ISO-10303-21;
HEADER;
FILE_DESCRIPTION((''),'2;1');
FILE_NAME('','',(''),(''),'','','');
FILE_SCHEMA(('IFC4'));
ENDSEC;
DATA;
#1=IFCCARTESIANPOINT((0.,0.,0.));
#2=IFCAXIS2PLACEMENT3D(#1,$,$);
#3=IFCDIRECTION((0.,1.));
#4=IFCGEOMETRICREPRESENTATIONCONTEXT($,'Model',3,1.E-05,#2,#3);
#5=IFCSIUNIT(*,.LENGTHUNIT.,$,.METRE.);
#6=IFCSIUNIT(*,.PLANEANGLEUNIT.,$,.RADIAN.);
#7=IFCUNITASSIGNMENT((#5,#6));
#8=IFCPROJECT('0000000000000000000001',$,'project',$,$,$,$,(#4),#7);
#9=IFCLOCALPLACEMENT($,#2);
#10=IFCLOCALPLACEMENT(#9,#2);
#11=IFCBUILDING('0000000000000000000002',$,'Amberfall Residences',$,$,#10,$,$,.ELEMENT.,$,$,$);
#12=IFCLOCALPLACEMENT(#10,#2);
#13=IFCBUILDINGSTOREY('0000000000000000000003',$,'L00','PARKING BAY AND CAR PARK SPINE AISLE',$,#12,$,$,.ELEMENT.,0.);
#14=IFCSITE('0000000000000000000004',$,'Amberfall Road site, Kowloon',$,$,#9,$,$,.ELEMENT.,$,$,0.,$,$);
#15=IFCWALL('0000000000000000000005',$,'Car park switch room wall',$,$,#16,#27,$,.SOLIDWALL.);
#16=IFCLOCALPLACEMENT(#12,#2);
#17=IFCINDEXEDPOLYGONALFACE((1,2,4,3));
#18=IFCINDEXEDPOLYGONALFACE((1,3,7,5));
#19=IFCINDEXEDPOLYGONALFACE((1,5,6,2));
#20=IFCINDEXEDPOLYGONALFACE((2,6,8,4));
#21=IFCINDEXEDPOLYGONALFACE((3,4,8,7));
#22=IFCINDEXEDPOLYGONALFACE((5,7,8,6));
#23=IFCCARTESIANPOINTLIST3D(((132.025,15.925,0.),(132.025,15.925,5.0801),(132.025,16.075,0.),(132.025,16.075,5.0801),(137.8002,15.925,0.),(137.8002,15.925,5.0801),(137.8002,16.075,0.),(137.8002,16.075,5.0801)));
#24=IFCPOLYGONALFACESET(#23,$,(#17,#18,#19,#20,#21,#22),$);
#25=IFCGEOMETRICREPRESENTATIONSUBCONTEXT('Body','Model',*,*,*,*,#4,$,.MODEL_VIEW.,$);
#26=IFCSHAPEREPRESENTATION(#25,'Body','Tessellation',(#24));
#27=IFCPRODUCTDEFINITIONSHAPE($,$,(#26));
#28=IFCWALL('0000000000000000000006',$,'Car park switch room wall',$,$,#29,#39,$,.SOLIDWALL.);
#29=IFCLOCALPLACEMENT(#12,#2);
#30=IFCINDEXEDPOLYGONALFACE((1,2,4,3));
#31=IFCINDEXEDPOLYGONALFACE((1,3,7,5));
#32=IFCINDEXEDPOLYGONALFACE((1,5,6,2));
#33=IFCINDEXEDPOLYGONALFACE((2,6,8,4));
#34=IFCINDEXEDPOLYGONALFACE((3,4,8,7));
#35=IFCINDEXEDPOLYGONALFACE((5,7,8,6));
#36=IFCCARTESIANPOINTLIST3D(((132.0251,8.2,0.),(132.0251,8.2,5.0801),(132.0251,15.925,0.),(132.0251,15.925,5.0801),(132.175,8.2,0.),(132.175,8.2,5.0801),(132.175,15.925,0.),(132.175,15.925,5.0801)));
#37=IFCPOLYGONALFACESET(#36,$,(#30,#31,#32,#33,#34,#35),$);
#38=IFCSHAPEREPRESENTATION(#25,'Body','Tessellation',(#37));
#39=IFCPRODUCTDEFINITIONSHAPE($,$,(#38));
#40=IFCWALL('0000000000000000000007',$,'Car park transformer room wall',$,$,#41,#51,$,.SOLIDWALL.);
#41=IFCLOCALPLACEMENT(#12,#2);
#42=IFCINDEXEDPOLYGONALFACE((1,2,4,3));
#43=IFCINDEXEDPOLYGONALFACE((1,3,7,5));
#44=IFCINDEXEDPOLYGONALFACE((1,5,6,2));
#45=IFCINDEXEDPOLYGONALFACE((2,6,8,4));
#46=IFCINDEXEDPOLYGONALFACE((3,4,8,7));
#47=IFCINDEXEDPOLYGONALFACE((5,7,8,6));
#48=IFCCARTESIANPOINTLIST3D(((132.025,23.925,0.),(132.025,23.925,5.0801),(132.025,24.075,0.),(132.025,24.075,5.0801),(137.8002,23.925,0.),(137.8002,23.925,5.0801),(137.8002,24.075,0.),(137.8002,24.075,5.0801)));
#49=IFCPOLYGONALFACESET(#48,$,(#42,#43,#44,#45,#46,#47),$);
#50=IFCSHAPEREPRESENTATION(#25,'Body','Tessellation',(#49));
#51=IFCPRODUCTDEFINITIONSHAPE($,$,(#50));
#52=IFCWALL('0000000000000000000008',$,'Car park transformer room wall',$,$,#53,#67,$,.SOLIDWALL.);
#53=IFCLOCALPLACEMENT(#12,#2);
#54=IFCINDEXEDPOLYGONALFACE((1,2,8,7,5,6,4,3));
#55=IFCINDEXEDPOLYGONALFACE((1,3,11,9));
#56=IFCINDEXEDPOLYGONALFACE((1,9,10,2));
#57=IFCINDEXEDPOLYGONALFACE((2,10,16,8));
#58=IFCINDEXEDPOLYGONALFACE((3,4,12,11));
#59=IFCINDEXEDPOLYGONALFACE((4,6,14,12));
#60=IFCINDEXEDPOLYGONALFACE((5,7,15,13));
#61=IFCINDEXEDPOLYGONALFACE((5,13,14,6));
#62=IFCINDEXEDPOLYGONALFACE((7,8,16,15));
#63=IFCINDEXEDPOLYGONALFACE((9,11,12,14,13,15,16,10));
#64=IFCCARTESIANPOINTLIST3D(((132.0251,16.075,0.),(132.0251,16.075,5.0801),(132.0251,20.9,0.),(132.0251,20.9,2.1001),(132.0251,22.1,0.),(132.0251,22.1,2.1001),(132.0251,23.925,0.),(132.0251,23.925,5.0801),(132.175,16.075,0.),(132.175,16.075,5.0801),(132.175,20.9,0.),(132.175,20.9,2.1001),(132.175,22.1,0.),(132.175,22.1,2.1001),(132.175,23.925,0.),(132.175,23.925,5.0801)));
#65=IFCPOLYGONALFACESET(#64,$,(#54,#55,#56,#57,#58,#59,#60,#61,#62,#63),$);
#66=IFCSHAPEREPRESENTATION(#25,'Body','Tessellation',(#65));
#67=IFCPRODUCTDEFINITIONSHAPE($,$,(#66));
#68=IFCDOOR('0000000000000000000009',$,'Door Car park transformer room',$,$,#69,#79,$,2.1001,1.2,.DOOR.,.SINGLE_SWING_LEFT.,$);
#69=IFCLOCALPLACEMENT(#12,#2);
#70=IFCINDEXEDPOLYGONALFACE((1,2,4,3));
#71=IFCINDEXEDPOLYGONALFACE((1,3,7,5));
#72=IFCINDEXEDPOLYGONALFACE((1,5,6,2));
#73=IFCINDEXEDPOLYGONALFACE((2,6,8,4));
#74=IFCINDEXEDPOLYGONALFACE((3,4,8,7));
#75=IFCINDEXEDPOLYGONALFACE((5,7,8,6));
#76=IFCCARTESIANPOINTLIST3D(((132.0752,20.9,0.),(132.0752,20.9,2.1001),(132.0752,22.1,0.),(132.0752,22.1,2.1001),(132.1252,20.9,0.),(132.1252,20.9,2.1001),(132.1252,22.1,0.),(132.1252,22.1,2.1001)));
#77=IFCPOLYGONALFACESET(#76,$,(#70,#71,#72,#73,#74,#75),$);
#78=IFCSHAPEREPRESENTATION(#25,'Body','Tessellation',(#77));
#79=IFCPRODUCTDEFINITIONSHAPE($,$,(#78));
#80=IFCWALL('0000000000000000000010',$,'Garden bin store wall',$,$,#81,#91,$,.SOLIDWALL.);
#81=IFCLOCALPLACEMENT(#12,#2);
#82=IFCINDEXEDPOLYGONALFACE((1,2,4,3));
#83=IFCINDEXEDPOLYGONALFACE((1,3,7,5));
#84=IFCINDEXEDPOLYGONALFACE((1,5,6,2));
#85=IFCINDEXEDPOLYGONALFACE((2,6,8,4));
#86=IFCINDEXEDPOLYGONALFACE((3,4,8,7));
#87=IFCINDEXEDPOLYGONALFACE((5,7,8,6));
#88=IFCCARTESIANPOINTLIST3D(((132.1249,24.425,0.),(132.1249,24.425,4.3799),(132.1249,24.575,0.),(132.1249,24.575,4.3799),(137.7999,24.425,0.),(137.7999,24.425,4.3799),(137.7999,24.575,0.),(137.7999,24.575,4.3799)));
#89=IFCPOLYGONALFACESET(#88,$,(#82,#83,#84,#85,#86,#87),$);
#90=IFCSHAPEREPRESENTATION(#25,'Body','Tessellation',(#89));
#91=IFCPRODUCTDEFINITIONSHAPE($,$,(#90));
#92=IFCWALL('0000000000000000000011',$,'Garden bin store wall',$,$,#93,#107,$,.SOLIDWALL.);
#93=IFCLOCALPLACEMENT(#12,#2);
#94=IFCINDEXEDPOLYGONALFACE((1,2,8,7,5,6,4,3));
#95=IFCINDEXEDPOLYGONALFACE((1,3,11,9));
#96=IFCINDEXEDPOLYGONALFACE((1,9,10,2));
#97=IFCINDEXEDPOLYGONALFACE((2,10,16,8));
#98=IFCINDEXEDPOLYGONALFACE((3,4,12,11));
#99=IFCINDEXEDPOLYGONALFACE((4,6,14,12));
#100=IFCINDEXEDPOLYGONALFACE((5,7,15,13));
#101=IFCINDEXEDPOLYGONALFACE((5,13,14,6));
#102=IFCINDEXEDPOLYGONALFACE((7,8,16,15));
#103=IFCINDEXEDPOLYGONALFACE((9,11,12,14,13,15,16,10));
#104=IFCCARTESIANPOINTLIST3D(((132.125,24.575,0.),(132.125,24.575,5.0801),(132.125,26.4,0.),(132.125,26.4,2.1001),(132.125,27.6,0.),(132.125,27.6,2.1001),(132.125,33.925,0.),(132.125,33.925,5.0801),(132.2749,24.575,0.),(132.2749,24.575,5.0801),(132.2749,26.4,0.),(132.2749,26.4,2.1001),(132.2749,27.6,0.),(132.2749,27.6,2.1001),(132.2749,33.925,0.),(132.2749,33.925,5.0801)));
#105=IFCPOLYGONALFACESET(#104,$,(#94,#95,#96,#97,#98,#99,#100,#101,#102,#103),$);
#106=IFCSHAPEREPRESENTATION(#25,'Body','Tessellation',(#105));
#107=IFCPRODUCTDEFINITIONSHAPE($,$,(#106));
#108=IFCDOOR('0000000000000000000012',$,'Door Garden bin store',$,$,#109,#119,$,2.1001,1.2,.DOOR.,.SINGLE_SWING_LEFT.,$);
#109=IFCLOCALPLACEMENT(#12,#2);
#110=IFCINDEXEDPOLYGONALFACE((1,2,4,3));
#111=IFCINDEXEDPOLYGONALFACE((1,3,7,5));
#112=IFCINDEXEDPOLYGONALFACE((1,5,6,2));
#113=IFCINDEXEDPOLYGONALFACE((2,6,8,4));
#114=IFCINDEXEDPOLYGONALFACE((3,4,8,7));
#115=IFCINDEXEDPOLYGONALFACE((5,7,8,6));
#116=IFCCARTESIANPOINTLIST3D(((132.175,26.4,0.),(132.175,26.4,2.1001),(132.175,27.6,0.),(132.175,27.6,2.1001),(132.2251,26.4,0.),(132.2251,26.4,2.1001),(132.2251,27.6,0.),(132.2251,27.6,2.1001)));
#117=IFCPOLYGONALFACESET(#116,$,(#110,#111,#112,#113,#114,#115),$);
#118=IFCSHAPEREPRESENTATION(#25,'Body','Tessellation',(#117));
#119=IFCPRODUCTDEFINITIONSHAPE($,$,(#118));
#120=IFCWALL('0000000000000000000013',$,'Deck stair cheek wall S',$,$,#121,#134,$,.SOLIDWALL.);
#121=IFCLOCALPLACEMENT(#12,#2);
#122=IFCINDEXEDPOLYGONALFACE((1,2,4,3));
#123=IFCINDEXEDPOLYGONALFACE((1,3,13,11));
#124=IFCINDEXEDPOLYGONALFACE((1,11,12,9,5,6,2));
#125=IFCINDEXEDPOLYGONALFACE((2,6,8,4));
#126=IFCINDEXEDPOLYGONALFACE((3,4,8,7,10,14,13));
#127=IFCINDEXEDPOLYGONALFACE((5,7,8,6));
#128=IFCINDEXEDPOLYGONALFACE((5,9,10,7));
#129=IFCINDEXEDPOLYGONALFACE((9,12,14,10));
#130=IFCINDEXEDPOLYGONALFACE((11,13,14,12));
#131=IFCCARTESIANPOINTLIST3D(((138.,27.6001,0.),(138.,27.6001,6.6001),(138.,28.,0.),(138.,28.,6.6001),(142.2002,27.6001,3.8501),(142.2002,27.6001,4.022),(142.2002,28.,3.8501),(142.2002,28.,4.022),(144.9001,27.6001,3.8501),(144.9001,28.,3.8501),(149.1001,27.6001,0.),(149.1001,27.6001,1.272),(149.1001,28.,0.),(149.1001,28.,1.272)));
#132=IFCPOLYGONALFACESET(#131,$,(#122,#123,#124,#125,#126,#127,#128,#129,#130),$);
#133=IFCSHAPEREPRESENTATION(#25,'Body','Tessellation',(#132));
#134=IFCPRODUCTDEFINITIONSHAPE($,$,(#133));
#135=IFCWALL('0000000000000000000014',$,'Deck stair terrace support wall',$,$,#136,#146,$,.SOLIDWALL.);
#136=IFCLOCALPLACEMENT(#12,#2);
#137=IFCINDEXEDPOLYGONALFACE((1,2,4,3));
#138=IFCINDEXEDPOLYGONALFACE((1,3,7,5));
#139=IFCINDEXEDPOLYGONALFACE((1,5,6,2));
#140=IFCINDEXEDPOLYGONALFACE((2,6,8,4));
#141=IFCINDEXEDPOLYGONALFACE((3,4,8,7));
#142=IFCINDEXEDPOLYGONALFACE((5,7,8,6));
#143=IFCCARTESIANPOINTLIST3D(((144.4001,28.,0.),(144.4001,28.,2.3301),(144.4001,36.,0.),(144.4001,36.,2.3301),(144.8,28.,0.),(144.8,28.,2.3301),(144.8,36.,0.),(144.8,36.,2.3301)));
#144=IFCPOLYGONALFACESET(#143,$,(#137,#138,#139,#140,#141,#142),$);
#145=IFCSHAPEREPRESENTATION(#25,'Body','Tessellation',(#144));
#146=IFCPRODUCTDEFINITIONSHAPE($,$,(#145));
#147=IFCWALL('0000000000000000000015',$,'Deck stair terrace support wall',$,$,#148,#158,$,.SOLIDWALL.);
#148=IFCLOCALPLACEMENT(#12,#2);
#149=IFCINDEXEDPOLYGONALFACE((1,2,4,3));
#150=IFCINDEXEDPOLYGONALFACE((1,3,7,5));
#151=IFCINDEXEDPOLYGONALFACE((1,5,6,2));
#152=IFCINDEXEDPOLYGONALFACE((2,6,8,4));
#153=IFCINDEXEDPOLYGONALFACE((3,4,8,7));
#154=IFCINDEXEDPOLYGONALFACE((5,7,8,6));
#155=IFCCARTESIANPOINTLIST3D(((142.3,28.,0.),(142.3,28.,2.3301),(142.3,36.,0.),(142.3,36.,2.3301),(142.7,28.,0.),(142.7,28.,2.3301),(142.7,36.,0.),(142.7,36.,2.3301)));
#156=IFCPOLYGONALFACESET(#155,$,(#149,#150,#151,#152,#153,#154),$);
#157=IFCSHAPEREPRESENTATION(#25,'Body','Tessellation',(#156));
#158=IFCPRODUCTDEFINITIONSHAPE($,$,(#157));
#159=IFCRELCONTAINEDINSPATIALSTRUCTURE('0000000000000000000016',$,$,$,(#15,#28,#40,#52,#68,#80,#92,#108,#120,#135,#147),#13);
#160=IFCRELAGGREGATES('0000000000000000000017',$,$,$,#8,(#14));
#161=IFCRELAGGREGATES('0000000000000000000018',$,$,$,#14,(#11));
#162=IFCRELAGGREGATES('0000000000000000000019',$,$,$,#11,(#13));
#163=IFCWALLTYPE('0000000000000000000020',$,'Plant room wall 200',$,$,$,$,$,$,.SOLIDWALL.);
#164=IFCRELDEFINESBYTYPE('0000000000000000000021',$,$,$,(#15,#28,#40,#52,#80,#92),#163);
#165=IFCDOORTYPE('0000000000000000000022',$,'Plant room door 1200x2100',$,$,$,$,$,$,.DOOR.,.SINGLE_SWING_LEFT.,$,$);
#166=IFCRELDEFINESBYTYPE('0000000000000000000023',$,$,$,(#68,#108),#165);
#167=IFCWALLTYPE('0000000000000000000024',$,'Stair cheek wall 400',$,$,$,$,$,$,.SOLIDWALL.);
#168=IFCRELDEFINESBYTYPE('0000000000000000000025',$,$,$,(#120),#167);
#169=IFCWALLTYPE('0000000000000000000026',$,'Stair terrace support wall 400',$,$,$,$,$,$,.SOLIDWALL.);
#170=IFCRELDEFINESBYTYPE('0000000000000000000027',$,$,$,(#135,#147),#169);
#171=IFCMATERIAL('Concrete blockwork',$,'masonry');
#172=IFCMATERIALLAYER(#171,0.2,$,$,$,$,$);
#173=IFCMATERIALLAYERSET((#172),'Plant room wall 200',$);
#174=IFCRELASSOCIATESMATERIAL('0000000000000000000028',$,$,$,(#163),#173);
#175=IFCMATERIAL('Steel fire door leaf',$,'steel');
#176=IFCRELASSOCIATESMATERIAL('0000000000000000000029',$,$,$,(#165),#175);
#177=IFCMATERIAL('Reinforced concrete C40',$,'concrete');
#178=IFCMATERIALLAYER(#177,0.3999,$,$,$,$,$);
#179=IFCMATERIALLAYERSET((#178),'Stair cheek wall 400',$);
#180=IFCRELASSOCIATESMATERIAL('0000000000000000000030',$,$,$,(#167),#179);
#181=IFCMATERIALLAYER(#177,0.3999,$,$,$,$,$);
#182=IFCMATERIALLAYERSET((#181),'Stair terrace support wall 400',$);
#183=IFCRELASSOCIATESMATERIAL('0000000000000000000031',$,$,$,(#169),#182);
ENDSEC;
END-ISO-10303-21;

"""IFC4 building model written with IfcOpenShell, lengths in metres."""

from ifc_helpers import new_model, si_unit, direction, frame, frame_2d, origin, place, context, subcontext, project, spatial, polyline, rectangle, outline, extrude, material, layer, layer_set, type_object, element, fill, save


model = new_model("IFC4")

# Units and contexts
model_context = context("Model", 3, precision=1e-05, world=origin(), true_north=direction((0.0, 1.0)))
body_context = subcontext(model_context, "Body", "Model", "MODEL_VIEW")
ifc_project = project(units=[si_unit("LENGTHUNIT", "METRE"), si_unit("PLANEANGLEUNIT", "RADIAN")], contexts=[model_context])

# Site, building, storey
site_placement = place(None, origin())
site = spatial("IfcSite", under=ifc_project, at=site_placement, Name="Amberfall Road site, Kowloon", CompositionType="ELEMENT", RefElevation=0.0)
building_placement = place(site_placement, origin())
building = spatial("IfcBuilding", under=site, at=building_placement, Name="Amberfall Residences", CompositionType="ELEMENT")
storey_placement = place(building_placement, origin())
storey = spatial("IfcBuildingStorey", under=building, at=storey_placement, Name="L00", Description="PARKING BAY AND CAR PARK SPINE AISLE", CompositionType="ELEMENT", Elevation=0.0)

# Walls
ifc_material_1 = material(Name="Reinforced concrete C40", Category="concrete")
ifc_material_2 = material(Name="Concrete blockwork", Category="masonry")
ifc_layer_1 = layer(ifc_material_2, 0.2)
ifc_layer_set_1 = layer_set([ifc_layer_1], Name="Plant room wall 200")
wall_type_1 = type_object("IfcWallType", Name="Plant room wall 200", PredefinedType="SOLIDWALL", material=ifc_layer_set_1)
wall_1_placement = place(storey_placement, frame((132.0249, 16.0, 0.0), z_axis=(0.0, 0.0, 1.0), x_axis=(1.0, 0.0, 0.0)))
element("IfcWall", 1, at=wall_1_placement, inside=storey, type_object=wall_type_1, Name="Car park switch room wall", PredefinedType="SOLIDWALL", context=body_context, shape_type="SweptSolid", body=[
    extrude(rectangle(XDim=5.7751, YDim=0.1499, at=frame_2d((2.8877, 0.0))), origin(), (0.0, 0.0, 1.0), 5.0801),
])
wall_2_placement = place(storey_placement, frame((132.1001, 8.2, 0.0), z_axis=(0.0, 0.0, 1.0), x_axis=(0.0, 1.0, 0.0)))
element("IfcWall", 2, at=wall_2_placement, inside=storey, type_object=wall_type_1, Name="Car park switch room wall", PredefinedType="SOLIDWALL", context=body_context, shape_type="SweptSolid", body=[
    extrude(rectangle(XDim=7.7251, YDim=0.1499, at=frame_2d((3.8625, 0.0))), origin(), (0.0, 0.0, 1.0), 5.0801),
])
wall_3_placement = place(storey_placement, frame((132.0249, 24.0, 0.0), z_axis=(0.0, 0.0, 1.0), x_axis=(1.0, 0.0, 0.0)))
element("IfcWall", 3, at=wall_3_placement, inside=storey, type_object=wall_type_1, Name="Car park transformer room wall", PredefinedType="SOLIDWALL", context=body_context, shape_type="SweptSolid", body=[
    extrude(rectangle(XDim=5.7751, YDim=0.1499, at=frame_2d((2.8877, 0.0))), origin(), (0.0, 0.0, 1.0), 5.0801),
])

# Wall, opening, door
wall_4_placement = place(storey_placement, frame((132.1001, 16.075, 0.0), z_axis=(0.0, 0.0, 1.0), x_axis=(0.0, 1.0, 0.0)))
wall_4 = element("IfcWall", 4, at=wall_4_placement, inside=storey, type_object=wall_type_1, Name="Car park transformer room wall", PredefinedType="SOLIDWALL", context=body_context, shape_type="SweptSolid", body=[
    extrude(rectangle(XDim=7.8501, YDim=0.1499, at=frame_2d((3.925, 0.0))), origin(), (0.0, 0.0, 1.0), 5.0801),
])
opening_1_placement = place(wall_4_placement, frame((4.825, 0.0, 0.0)))
opening_1 = element("IfcOpeningElement", 5, at=opening_1_placement, cuts=wall_4, PredefinedType="OPENING", context=body_context, shape_type="SweptSolid", body=[
    extrude(rectangle(XDim=1.2, YDim=2.1001, at=frame_2d((0.6001, 1.05))), frame((0.0, 0.085, 0.0), z_axis=(0.0, -1.0, 0.0), x_axis=(1.0, 0.0, 0.0)), (0.0, 0.0, 1.0), 0.1699),
])
ifc_material_3 = material(Name="Steel fire door leaf", Category="steel")
door_type = type_object("IfcDoorType", Name="Plant room door 1200x2100", OperationType="SINGLE_SWING_LEFT", PredefinedType="DOOR", material=ifc_material_3)
door_1_placement = place(opening_1_placement, origin())
door_1 = element("IfcDoor", 6, at=door_1_placement, inside=storey, type_object=door_type, Name="Door Car park transformer room", OperationType="SINGLE_SWING_LEFT", OverallHeight=2.1001, OverallWidth=1.2, PredefinedType="DOOR", context=body_context, shape_type="SweptSolid", body=[
    extrude(rectangle(XDim=1.2, YDim=2.1001, at=frame_2d((0.6001, 1.05))), frame((0.0, 0.0249, 0.0), z_axis=(0.0, -1.0, 0.0), x_axis=(1.0, 0.0, 0.0)), (0.0, 0.0, 1.0), 0.05),
])
fill(opening_1, door_1)

# Wall
wall_5_placement = place(storey_placement, frame((132.125, 24.5, 0.0), z_axis=(0.0, 0.0, 1.0), x_axis=(1.0, 0.0, 0.0)))
element("IfcWall", 7, at=wall_5_placement, inside=storey, type_object=wall_type_1, Name="Garden bin store wall", PredefinedType="SOLIDWALL", context=body_context, shape_type="SweptSolid", body=[
    extrude(rectangle(XDim=5.675, YDim=0.1499, at=frame_2d((2.8374, 0.0))), origin(), (0.0, 0.0, 1.0), 4.3799),
])

# Wall, opening, door
wall_6_placement = place(storey_placement, frame((132.2, 24.575, 0.0), z_axis=(0.0, 0.0, 1.0), x_axis=(0.0, 1.0, 0.0)))
wall_6 = element("IfcWall", 8, at=wall_6_placement, inside=storey, type_object=wall_type_1, Name="Garden bin store wall", PredefinedType="SOLIDWALL", context=body_context, shape_type="SweptSolid", body=[
    extrude(rectangle(XDim=9.3501, YDim=0.1499, at=frame_2d((4.675, 0.0))), origin(), (0.0, 0.0, 1.0), 5.0801),
])
opening_2_placement = place(wall_6_placement, frame((1.825, 0.0, 0.0)))
opening_2 = element("IfcOpeningElement", 9, at=opening_2_placement, cuts=wall_6, PredefinedType="OPENING", context=body_context, shape_type="SweptSolid", body=[
    extrude(rectangle(XDim=1.2, YDim=2.1001, at=frame_2d((0.6001, 1.05))), frame((0.0, 0.085, 0.0), z_axis=(0.0, -1.0, 0.0), x_axis=(1.0, 0.0, 0.0)), (0.0, 0.0, 1.0), 0.1699),
])
door_2_placement = place(opening_2_placement, origin())
door_2 = element("IfcDoor", 10, at=door_2_placement, inside=storey, type_object=door_type, Name="Door Garden bin store", OperationType="SINGLE_SWING_LEFT", OverallHeight=2.1001, OverallWidth=1.2, PredefinedType="DOOR", context=body_context, shape_type="SweptSolid", body=[
    extrude(rectangle(XDim=1.2, YDim=2.1001, at=frame_2d((0.6001, 1.05))), frame((0.0, 0.0249, 0.0), z_axis=(0.0, -1.0, 0.0), x_axis=(1.0, 0.0, 0.0)), (0.0, 0.0, 1.0), 0.05),
])
fill(opening_2, door_2)

# Walls
ifc_layer_2 = layer(ifc_material_1, 0.3999)
ifc_layer_set_2 = layer_set([ifc_layer_2], Name="Stair cheek wall 400")
wall_type_2 = type_object("IfcWallType", Name="Stair cheek wall 400", PredefinedType="SOLIDWALL", material=ifc_layer_set_2)
wall_7_placement = place(storey_placement, frame((149.1001, 27.8, 0.0), z_axis=(0.0, 0.0, 1.0), x_axis=(-1.0, 0.0, 0.0)))
element("IfcWall", 11, at=wall_7_placement, inside=storey, type_object=wall_type_2, Name="Deck stair cheek wall S", PredefinedType="SOLIDWALL", context=body_context, shape_type="SweptSolid", body=[
    extrude(outline(polyline([(0.0, 0.0), (11.1001, 0.0), (11.1001, 6.6001), (6.8999, 4.022), (6.8999, 3.8501), (4.2, 3.8501), (0.0, 1.272), (0.0, 0.0)])), frame((0.0, 0.2, 0.0), z_axis=(0.0, -1.0, 0.0), x_axis=(1.0, 0.0, 0.0)), (0.0, 0.0, 1.0), 0.3999),
])
ifc_layer_3 = layer(ifc_material_1, 0.3999)
ifc_layer_set_3 = layer_set([ifc_layer_3], Name="Stair terrace support wall 400")
wall_type_3 = type_object("IfcWallType", Name="Stair terrace support wall 400", PredefinedType="SOLIDWALL", material=ifc_layer_set_3)
for number, where, z_axis, x_axis, name in (
    (12, (144.6001, 28.0, 0.0), (0.0, 0.0, 1.0), (0.0, 1.0, 0.0), "Deck stair terrace support wall"),
    (13, (142.5, 28.0, 0.0), (0.0, 0.0, 1.0), (0.0, 1.0, 0.0), "Deck stair terrace support wall"),
):
    element("IfcWall", number, at=place(storey_placement, frame(where, z_axis=z_axis, x_axis=x_axis)), inside=storey, type_object=wall_type_3, Name=name, PredefinedType="SOLIDWALL", context=body_context, shape_type="SweptSolid", body=[
        extrude(rectangle(XDim=8.0, YDim=0.3999, at=frame_2d((4.0, 0.0))), origin(), (0.0, 0.0, 1.0), 2.3301),
    ])

save(model, "model.ifc")
